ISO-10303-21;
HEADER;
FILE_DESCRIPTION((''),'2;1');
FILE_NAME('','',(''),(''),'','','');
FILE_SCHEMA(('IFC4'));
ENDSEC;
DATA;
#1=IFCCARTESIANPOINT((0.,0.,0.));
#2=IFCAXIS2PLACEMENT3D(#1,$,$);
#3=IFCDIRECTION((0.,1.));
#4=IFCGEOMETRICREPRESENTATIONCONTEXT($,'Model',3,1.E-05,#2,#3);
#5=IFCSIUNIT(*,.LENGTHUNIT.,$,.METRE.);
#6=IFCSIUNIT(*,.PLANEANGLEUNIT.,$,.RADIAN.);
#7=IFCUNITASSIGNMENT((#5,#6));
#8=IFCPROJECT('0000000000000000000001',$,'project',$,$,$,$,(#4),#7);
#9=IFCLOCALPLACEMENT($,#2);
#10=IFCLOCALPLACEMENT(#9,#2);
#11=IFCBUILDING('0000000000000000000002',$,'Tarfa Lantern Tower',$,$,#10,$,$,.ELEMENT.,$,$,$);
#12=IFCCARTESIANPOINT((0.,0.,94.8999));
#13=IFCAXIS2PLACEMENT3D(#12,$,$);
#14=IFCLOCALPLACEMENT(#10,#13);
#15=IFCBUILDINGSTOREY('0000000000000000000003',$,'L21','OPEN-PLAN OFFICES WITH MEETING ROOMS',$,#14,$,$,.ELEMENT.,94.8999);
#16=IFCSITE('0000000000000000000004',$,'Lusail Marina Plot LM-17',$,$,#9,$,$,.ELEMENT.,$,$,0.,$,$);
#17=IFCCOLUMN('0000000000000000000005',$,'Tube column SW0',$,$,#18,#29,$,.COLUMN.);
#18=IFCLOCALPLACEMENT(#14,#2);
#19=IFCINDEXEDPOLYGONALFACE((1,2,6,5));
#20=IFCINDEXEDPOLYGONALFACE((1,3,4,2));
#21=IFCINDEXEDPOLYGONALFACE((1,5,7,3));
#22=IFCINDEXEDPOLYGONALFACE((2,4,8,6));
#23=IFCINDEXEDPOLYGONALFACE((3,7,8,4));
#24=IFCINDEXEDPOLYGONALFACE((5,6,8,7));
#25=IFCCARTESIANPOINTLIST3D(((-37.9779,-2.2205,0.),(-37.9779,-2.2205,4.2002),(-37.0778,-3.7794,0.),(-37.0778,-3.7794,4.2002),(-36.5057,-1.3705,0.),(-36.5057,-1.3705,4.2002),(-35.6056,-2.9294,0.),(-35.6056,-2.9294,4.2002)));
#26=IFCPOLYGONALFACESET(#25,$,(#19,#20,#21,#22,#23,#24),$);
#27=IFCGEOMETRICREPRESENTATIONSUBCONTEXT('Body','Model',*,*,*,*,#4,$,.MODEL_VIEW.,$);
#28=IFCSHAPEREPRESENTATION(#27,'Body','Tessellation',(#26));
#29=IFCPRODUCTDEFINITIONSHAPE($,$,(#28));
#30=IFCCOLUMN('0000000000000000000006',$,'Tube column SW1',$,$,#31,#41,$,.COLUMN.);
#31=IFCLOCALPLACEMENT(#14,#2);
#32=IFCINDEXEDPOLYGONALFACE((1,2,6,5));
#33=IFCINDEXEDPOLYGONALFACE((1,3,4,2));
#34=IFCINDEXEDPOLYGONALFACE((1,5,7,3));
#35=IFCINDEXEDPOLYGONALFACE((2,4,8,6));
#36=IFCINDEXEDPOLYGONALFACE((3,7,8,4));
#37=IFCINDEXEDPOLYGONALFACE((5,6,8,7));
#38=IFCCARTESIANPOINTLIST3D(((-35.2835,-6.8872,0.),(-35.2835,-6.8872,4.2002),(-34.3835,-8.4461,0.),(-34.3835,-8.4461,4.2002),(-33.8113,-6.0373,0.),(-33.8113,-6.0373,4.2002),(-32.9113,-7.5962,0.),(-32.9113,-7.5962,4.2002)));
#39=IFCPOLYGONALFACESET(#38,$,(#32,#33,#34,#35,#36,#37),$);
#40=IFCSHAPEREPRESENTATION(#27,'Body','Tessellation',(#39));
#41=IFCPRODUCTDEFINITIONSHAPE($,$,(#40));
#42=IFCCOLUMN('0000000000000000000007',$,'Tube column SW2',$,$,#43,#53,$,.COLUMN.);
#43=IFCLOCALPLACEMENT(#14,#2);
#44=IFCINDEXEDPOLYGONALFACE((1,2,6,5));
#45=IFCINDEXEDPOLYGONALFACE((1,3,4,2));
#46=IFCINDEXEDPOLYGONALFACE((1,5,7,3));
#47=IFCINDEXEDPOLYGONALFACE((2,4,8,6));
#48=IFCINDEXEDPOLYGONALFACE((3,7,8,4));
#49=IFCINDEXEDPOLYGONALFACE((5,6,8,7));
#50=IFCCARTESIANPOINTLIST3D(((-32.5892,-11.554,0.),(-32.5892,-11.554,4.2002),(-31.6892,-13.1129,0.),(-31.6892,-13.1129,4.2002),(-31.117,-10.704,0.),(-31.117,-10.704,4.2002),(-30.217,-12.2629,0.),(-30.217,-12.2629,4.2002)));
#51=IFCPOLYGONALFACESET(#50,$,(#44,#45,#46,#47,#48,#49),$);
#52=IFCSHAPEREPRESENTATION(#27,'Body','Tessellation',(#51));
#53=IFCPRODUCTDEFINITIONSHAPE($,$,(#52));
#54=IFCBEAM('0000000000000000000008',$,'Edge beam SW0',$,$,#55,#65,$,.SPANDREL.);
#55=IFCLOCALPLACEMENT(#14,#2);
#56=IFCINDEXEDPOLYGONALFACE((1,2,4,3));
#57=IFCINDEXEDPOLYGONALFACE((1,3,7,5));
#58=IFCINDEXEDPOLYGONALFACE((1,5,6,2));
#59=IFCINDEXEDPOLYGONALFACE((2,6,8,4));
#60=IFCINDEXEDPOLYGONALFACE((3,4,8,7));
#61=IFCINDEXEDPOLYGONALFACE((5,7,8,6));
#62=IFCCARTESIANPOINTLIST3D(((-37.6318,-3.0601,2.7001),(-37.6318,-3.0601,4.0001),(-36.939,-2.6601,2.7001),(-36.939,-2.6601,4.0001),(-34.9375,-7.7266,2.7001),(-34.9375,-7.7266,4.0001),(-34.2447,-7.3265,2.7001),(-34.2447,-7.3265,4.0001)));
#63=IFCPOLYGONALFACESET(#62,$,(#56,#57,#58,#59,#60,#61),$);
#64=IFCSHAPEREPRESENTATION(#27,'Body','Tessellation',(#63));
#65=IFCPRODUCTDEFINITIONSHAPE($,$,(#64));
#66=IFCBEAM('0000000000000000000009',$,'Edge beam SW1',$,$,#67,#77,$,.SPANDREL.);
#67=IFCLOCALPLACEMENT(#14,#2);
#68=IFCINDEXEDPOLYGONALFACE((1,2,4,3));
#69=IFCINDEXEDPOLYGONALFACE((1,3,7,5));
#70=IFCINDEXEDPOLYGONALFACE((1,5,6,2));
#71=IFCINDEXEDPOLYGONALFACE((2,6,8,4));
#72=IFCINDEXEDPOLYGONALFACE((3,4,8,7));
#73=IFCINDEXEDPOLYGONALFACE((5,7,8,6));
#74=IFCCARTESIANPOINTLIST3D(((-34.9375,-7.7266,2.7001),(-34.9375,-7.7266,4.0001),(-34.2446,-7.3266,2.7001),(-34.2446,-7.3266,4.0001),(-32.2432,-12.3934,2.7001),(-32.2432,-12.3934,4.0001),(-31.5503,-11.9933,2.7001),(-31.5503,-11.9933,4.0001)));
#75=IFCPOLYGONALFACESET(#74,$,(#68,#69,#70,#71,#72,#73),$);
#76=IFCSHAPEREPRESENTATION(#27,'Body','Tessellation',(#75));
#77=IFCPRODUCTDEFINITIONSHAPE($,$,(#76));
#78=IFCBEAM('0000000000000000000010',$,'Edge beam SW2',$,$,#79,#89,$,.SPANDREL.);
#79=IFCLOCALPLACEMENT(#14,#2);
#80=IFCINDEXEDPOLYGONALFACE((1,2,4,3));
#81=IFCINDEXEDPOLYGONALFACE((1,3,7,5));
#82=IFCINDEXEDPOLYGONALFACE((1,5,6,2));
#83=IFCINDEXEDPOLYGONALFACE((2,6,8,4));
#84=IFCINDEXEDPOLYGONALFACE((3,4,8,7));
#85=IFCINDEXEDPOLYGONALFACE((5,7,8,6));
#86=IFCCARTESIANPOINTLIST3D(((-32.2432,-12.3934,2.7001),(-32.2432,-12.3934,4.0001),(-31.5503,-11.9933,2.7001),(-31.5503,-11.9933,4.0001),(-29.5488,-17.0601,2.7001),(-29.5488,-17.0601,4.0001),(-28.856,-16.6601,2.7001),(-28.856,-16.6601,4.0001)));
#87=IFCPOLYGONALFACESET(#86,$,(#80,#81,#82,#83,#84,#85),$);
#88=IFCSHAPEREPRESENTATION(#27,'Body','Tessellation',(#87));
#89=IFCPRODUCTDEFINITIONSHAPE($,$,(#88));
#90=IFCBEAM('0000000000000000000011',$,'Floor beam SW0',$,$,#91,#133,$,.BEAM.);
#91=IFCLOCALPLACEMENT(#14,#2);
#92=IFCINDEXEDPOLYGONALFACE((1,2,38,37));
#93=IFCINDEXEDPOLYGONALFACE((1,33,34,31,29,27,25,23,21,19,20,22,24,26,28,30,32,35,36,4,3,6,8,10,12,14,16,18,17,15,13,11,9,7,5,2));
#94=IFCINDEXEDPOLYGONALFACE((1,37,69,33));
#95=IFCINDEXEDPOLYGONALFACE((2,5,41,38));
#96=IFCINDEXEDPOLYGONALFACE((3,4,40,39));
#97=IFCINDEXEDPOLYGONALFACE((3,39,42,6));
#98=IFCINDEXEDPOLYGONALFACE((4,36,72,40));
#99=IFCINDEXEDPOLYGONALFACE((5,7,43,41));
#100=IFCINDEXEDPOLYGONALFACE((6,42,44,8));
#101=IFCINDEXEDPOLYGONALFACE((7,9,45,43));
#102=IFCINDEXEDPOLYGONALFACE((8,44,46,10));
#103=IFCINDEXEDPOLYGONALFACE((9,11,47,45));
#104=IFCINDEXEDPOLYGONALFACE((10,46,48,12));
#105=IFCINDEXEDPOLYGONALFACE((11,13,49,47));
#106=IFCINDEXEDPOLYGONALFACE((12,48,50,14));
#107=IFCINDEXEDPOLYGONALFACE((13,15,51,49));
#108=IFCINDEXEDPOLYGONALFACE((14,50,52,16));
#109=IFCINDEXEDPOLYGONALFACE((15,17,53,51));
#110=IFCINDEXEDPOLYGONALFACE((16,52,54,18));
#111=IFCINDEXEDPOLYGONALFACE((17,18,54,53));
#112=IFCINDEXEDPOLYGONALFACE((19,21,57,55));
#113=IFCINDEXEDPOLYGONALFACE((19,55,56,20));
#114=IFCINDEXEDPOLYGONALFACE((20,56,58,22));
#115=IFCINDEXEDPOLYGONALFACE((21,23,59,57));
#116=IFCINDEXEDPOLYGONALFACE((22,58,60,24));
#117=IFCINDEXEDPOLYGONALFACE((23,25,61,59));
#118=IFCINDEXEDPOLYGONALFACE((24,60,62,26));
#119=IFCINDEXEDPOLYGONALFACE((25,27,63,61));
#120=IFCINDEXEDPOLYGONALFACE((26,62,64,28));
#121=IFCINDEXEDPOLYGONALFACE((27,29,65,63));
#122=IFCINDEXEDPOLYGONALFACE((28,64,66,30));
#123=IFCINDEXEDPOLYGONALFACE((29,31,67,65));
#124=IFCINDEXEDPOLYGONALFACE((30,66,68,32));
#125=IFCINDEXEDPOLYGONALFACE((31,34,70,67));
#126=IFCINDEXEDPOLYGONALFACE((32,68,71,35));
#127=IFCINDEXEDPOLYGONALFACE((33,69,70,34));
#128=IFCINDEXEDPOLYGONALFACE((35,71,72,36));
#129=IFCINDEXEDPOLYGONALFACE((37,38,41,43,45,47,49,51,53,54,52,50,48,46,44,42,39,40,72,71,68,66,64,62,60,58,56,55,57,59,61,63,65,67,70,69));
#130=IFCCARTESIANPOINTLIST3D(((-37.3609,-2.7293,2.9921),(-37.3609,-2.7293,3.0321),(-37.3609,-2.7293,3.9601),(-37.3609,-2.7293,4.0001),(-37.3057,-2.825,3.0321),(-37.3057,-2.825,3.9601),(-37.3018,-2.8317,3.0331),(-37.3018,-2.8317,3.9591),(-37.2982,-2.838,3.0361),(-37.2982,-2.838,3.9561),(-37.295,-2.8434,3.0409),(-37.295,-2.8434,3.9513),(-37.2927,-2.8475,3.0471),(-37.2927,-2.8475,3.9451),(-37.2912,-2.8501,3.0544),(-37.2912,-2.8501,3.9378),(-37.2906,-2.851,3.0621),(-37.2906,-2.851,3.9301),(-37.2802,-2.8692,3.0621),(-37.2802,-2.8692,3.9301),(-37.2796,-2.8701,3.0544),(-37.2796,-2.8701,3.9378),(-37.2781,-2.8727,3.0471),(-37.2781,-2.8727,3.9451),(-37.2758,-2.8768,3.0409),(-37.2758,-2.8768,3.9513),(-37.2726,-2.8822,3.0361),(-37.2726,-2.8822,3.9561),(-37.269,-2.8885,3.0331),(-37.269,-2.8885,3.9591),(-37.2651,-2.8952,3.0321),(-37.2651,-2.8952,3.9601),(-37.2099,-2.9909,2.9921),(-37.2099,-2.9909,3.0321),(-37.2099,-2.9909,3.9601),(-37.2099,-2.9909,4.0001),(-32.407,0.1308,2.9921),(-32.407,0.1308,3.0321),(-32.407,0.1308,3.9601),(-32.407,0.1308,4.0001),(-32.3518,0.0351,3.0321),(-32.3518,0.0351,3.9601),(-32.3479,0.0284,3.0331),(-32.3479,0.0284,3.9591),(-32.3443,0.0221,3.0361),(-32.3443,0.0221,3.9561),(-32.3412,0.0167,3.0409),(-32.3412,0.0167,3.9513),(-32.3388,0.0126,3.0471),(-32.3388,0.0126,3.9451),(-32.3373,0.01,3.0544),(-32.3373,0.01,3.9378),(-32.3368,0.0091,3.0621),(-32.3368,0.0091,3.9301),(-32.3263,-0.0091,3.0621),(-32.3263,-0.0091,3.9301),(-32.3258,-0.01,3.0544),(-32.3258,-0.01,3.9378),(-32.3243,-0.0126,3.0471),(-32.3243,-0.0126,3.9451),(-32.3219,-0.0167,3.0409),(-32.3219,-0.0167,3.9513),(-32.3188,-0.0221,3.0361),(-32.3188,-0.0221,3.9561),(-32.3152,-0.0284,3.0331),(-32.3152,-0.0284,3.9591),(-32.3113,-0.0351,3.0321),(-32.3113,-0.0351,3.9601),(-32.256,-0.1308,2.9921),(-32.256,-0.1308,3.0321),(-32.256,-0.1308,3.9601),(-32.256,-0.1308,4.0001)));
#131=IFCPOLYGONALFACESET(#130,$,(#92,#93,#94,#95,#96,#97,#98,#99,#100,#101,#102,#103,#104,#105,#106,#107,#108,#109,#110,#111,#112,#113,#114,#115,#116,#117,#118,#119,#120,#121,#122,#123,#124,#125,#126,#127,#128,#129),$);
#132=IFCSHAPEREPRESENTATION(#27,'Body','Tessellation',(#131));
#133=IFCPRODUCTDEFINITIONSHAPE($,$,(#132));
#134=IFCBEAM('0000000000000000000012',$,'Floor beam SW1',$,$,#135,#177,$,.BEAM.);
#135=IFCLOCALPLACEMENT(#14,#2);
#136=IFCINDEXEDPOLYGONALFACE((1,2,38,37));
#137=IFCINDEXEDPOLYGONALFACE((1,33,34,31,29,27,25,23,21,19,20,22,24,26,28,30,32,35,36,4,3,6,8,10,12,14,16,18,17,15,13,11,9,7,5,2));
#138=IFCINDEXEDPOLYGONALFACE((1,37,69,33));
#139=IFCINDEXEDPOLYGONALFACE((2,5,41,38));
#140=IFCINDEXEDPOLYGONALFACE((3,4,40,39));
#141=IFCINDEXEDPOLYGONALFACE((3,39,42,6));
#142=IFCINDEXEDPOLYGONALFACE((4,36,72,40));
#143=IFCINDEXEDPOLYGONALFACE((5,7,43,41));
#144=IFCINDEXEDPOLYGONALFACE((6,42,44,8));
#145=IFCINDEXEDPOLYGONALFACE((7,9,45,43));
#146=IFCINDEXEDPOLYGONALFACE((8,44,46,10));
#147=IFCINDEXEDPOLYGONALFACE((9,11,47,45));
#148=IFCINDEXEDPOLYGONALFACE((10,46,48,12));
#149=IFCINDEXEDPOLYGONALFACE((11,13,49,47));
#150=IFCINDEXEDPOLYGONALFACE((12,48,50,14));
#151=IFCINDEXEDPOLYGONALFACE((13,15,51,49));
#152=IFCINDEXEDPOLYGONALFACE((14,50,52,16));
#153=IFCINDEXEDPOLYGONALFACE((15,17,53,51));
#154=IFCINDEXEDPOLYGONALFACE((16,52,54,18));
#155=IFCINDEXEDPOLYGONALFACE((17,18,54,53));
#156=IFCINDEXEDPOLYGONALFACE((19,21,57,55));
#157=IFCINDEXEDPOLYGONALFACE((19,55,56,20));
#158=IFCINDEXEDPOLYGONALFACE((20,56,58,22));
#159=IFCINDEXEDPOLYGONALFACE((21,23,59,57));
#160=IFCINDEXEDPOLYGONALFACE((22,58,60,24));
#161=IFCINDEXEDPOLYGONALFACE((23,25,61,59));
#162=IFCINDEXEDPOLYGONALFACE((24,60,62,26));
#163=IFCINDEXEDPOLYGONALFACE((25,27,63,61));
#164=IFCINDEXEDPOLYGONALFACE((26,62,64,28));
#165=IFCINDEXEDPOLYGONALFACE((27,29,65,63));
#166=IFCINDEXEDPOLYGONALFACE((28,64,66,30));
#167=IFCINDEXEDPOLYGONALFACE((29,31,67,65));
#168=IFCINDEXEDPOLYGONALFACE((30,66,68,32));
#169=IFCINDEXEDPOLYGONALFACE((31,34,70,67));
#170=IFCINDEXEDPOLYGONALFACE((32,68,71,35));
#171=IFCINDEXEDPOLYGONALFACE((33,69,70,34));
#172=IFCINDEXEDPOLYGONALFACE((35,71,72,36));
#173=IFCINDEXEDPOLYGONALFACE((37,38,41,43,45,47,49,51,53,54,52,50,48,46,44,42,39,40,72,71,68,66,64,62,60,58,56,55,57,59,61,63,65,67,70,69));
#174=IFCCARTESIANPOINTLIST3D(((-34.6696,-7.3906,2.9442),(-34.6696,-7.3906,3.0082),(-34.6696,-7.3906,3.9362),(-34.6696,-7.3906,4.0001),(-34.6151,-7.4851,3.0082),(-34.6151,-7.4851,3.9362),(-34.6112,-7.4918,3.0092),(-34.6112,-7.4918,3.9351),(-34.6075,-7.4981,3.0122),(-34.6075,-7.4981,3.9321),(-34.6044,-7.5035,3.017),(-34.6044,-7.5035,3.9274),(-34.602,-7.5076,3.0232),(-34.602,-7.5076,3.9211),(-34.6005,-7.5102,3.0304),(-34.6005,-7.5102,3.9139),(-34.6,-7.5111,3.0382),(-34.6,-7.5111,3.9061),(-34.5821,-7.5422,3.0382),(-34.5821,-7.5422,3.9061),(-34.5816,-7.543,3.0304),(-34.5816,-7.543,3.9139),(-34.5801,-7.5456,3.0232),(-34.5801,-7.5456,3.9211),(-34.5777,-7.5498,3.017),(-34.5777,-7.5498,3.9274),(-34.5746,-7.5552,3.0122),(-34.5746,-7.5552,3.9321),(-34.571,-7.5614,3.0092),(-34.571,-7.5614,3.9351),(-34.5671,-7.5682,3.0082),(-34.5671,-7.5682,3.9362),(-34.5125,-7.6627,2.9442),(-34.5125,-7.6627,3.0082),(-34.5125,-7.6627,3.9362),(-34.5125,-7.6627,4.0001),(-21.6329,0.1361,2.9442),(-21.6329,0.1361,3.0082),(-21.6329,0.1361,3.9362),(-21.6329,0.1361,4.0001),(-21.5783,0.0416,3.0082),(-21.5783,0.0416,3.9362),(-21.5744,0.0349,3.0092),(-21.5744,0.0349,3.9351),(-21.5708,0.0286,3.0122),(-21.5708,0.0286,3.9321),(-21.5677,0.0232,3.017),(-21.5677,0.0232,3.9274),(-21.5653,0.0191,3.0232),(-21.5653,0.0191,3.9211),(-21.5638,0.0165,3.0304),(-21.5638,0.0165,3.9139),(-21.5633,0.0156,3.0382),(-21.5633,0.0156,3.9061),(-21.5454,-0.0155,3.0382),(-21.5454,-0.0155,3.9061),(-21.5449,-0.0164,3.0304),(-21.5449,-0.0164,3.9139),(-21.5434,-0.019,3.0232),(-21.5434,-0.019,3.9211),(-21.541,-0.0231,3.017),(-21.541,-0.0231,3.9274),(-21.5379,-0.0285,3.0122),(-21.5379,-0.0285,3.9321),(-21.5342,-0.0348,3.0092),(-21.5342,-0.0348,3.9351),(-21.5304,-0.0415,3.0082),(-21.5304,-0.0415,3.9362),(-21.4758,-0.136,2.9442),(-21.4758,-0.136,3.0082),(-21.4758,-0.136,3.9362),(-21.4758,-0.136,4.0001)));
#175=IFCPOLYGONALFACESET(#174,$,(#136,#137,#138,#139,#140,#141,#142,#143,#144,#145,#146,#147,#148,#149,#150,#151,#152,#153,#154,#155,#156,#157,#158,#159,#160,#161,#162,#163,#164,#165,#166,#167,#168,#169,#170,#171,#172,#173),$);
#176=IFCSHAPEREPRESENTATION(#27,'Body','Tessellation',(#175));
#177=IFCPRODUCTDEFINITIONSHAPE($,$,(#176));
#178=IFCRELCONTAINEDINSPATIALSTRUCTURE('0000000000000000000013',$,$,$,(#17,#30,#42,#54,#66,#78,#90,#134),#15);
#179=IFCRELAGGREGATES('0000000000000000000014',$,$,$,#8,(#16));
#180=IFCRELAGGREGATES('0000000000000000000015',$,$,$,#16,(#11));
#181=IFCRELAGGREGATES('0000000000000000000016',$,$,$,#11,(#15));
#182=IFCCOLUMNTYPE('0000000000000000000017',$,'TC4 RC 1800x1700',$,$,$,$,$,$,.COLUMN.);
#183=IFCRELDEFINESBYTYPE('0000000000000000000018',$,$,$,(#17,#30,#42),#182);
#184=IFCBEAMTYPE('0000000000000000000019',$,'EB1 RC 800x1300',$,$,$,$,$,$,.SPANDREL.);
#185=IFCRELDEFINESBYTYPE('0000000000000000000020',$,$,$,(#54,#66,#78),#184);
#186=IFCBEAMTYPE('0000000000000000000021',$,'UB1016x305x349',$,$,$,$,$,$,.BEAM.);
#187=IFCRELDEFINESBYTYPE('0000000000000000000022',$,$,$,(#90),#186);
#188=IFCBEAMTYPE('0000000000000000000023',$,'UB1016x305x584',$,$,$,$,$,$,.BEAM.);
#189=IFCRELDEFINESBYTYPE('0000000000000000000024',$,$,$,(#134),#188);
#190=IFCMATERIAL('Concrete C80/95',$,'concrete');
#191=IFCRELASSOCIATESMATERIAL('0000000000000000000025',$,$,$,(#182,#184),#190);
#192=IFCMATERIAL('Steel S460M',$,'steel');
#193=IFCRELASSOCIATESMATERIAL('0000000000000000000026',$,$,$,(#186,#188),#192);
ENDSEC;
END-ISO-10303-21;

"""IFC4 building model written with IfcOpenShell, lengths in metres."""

from ifc_helpers import new_model, si_unit, direction, frame, origin, origin_2d, place, context, subcontext, project, spatial, rectangle, i_section, extrude, material, material_profile, profile_set, type_object, element, save


model = new_model("IFC4")

# Units and contexts
model_context = context("Model", 3, precision=1e-05, world=origin(), true_north=direction((0.0, 1.0)))
body_context = subcontext(model_context, "Body", "Model", "MODEL_VIEW")
ifc_project = project(units=[si_unit("LENGTHUNIT", "METRE"), si_unit("PLANEANGLEUNIT", "RADIAN")], contexts=[model_context])

# Site, building, storey
site_placement = place(None, origin())
site = spatial("IfcSite", under=ifc_project, at=site_placement, Name="Lusail Marina Plot LM-17", CompositionType="ELEMENT", RefElevation=0.0)
building_placement = place(site_placement, origin())
building = spatial("IfcBuilding", under=site, at=building_placement, Name="Tarfa Lantern Tower", CompositionType="ELEMENT")
storey_placement = place(building_placement, frame((0.0, 0.0, 94.8999)))
storey = spatial("IfcBuildingStorey", under=building, at=storey_placement, Name="L21", Description="OPEN-PLAN OFFICES WITH MEETING ROOMS", CompositionType="ELEMENT", Elevation=94.8999)

# Columns
ifc_material_1 = material(Name="Concrete C80/95", Category="concrete")
ifc_material_profile_1 = material_profile(ifc_material_1, rectangle(XDim=1.8, YDim=1.7, at=origin_2d()), Name="RC 1800x1700")
ifc_profile_set_1 = profile_set([ifc_material_profile_1], Name="Concrete C80/95")
column_type = type_object("IfcColumnType", Name="TC4 RC 1800x1700", PredefinedType="COLUMN", material=ifc_profile_set_1)
for number, where, z_axis, x_axis, name in (
    (1, (-36.7917, -2.575, 0.0), (0.0, 0.0, 1.0), (0.5, -0.866025, 0.0), "Tube column SW0"),
    (2, (-34.0974, -7.2417, 0.0), (0.0, 0.0, 1.0), (0.5, -0.866025, 0.0), "Tube column SW1"),
    (3, (-31.4031, -11.9084, 0.0), (0.0, 0.0, 1.0), (0.5, -0.866025, 0.0), "Tube column SW2"),
):
    element("IfcColumn", number, at=place(storey_placement, frame(where, z_axis=z_axis, x_axis=x_axis)), inside=storey, type_object=column_type, Name=name, PredefinedType="COLUMN", context=body_context, shape_type="SweptSolid", body=[
        extrude(rectangle(XDim=1.8, YDim=1.7, at=origin_2d()), origin(), (0.0, 0.0, 1.0), 4.2002),
    ])

# Beams
ifc_material_profile_2 = material_profile(ifc_material_1, rectangle(XDim=0.8, YDim=1.3, at=origin_2d()), Name="RC 800x1300")
ifc_profile_set_2 = profile_set([ifc_material_profile_2], Name="Concrete C80/95")
beam_type_1 = type_object("IfcBeamType", Name="EB1 RC 800x1300", PredefinedType="SPANDREL", material=ifc_profile_set_2)
beam_1_placement = place(storey_placement, frame((-37.2854, -2.8601, 3.3501), z_axis=(0.500018, -0.866015, 0.0), x_axis=(0.866015, 0.500018, 0.0)))
element("IfcBeam", 4, at=beam_1_placement, inside=storey, type_object=beam_type_1, Name="Edge beam SW0", PredefinedType="SPANDREL", context=body_context, shape_type="SweptSolid", body=[
    extrude(rectangle(XDim=0.8, YDim=1.3, at=origin_2d()), origin(), (0.0, 0.0, 1.0), 5.3884),
])
for number, where, z_axis, x_axis, name in (
    (5, (-34.5911, -7.5266, 3.3501), (0.499998, -0.866026, 0.0), (0.866026, 0.499998, 0.0), "Edge beam SW1"),
    (6, (-31.8967, -12.1934, 3.3501), (0.499998, -0.866026, 0.0), (0.866026, 0.499998, 0.0), "Edge beam SW2"),
):
    element("IfcBeam", number, at=place(storey_placement, frame(where, z_axis=z_axis, x_axis=x_axis)), inside=storey, type_object=beam_type_1, Name=name, PredefinedType="SPANDREL", context=body_context, shape_type="SweptSolid", body=[
        extrude(rectangle(XDim=0.8, YDim=1.3, at=origin_2d()), origin(), (0.0, 0.0, 1.0), 5.3887),
    ])
ifc_material_2 = material(Name="Steel S460M", Category="steel")
ifc_material_profile_3 = material_profile(ifc_material_2, i_section(OverallWidth=0.302, OverallDepth=1.0081, WebThickness=0.021, FlangeThickness=0.04, FilletRadius=0.03, at=origin_2d()), Name="UB1016x305x349")
ifc_profile_set_3 = profile_set([ifc_material_profile_3], Name="Steel S460M")
beam_type_2 = type_object("IfcBeamType", Name="UB1016x305x349", PredefinedType="BEAM", material=ifc_profile_set_3)
beam_2_placement = place(storey_placement, frame((-37.2854, -2.8601, 3.4961), z_axis=(0.866026, 0.5, 0.0), x_axis=(-0.5, 0.866026, 0.0)))
element("IfcBeam", 7, at=beam_2_placement, inside=storey, type_object=beam_type_2, Name="Floor beam SW0", PredefinedType="BEAM", context=body_context, shape_type="SweptSolid", body=[
    extrude(i_section(OverallWidth=0.302, OverallDepth=1.0081, WebThickness=0.021, FlangeThickness=0.04, FilletRadius=0.03, at=origin_2d()), origin(), (0.0, 0.0, 1.0), 5.7202),
])
ifc_material_profile_4 = material_profile(ifc_material_2, i_section(OverallWidth=0.3142, OverallDepth=1.0559, WebThickness=0.0359, FlangeThickness=0.064, FilletRadius=0.03, at=origin_2d()), Name="UB1016x305x584")
ifc_profile_set_4 = profile_set([ifc_material_profile_4], Name="Steel S460M")
beam_type_3 = type_object("IfcBeamType", Name="UB1016x305x584", PredefinedType="BEAM", material=ifc_profile_set_4)
beam_3_placement = place(storey_placement, frame((-34.5911, -7.5266, 3.4722), z_axis=(0.866028, 0.499996, 0.0), x_axis=(-0.499996, 0.866028, 0.0)))
element("IfcBeam", 8, at=beam_3_placement, inside=storey, type_object=beam_type_3, Name="Floor beam SW1", PredefinedType="BEAM", context=body_context, shape_type="SweptSolid", body=[
    extrude(i_section(OverallWidth=0.3142, OverallDepth=1.0559, WebThickness=0.0359, FlangeThickness=0.064, FilletRadius=0.03, at=origin_2d()), origin(), (0.0, 0.0, 1.0), 15.0535),
])

save(model, "model.ifc")
